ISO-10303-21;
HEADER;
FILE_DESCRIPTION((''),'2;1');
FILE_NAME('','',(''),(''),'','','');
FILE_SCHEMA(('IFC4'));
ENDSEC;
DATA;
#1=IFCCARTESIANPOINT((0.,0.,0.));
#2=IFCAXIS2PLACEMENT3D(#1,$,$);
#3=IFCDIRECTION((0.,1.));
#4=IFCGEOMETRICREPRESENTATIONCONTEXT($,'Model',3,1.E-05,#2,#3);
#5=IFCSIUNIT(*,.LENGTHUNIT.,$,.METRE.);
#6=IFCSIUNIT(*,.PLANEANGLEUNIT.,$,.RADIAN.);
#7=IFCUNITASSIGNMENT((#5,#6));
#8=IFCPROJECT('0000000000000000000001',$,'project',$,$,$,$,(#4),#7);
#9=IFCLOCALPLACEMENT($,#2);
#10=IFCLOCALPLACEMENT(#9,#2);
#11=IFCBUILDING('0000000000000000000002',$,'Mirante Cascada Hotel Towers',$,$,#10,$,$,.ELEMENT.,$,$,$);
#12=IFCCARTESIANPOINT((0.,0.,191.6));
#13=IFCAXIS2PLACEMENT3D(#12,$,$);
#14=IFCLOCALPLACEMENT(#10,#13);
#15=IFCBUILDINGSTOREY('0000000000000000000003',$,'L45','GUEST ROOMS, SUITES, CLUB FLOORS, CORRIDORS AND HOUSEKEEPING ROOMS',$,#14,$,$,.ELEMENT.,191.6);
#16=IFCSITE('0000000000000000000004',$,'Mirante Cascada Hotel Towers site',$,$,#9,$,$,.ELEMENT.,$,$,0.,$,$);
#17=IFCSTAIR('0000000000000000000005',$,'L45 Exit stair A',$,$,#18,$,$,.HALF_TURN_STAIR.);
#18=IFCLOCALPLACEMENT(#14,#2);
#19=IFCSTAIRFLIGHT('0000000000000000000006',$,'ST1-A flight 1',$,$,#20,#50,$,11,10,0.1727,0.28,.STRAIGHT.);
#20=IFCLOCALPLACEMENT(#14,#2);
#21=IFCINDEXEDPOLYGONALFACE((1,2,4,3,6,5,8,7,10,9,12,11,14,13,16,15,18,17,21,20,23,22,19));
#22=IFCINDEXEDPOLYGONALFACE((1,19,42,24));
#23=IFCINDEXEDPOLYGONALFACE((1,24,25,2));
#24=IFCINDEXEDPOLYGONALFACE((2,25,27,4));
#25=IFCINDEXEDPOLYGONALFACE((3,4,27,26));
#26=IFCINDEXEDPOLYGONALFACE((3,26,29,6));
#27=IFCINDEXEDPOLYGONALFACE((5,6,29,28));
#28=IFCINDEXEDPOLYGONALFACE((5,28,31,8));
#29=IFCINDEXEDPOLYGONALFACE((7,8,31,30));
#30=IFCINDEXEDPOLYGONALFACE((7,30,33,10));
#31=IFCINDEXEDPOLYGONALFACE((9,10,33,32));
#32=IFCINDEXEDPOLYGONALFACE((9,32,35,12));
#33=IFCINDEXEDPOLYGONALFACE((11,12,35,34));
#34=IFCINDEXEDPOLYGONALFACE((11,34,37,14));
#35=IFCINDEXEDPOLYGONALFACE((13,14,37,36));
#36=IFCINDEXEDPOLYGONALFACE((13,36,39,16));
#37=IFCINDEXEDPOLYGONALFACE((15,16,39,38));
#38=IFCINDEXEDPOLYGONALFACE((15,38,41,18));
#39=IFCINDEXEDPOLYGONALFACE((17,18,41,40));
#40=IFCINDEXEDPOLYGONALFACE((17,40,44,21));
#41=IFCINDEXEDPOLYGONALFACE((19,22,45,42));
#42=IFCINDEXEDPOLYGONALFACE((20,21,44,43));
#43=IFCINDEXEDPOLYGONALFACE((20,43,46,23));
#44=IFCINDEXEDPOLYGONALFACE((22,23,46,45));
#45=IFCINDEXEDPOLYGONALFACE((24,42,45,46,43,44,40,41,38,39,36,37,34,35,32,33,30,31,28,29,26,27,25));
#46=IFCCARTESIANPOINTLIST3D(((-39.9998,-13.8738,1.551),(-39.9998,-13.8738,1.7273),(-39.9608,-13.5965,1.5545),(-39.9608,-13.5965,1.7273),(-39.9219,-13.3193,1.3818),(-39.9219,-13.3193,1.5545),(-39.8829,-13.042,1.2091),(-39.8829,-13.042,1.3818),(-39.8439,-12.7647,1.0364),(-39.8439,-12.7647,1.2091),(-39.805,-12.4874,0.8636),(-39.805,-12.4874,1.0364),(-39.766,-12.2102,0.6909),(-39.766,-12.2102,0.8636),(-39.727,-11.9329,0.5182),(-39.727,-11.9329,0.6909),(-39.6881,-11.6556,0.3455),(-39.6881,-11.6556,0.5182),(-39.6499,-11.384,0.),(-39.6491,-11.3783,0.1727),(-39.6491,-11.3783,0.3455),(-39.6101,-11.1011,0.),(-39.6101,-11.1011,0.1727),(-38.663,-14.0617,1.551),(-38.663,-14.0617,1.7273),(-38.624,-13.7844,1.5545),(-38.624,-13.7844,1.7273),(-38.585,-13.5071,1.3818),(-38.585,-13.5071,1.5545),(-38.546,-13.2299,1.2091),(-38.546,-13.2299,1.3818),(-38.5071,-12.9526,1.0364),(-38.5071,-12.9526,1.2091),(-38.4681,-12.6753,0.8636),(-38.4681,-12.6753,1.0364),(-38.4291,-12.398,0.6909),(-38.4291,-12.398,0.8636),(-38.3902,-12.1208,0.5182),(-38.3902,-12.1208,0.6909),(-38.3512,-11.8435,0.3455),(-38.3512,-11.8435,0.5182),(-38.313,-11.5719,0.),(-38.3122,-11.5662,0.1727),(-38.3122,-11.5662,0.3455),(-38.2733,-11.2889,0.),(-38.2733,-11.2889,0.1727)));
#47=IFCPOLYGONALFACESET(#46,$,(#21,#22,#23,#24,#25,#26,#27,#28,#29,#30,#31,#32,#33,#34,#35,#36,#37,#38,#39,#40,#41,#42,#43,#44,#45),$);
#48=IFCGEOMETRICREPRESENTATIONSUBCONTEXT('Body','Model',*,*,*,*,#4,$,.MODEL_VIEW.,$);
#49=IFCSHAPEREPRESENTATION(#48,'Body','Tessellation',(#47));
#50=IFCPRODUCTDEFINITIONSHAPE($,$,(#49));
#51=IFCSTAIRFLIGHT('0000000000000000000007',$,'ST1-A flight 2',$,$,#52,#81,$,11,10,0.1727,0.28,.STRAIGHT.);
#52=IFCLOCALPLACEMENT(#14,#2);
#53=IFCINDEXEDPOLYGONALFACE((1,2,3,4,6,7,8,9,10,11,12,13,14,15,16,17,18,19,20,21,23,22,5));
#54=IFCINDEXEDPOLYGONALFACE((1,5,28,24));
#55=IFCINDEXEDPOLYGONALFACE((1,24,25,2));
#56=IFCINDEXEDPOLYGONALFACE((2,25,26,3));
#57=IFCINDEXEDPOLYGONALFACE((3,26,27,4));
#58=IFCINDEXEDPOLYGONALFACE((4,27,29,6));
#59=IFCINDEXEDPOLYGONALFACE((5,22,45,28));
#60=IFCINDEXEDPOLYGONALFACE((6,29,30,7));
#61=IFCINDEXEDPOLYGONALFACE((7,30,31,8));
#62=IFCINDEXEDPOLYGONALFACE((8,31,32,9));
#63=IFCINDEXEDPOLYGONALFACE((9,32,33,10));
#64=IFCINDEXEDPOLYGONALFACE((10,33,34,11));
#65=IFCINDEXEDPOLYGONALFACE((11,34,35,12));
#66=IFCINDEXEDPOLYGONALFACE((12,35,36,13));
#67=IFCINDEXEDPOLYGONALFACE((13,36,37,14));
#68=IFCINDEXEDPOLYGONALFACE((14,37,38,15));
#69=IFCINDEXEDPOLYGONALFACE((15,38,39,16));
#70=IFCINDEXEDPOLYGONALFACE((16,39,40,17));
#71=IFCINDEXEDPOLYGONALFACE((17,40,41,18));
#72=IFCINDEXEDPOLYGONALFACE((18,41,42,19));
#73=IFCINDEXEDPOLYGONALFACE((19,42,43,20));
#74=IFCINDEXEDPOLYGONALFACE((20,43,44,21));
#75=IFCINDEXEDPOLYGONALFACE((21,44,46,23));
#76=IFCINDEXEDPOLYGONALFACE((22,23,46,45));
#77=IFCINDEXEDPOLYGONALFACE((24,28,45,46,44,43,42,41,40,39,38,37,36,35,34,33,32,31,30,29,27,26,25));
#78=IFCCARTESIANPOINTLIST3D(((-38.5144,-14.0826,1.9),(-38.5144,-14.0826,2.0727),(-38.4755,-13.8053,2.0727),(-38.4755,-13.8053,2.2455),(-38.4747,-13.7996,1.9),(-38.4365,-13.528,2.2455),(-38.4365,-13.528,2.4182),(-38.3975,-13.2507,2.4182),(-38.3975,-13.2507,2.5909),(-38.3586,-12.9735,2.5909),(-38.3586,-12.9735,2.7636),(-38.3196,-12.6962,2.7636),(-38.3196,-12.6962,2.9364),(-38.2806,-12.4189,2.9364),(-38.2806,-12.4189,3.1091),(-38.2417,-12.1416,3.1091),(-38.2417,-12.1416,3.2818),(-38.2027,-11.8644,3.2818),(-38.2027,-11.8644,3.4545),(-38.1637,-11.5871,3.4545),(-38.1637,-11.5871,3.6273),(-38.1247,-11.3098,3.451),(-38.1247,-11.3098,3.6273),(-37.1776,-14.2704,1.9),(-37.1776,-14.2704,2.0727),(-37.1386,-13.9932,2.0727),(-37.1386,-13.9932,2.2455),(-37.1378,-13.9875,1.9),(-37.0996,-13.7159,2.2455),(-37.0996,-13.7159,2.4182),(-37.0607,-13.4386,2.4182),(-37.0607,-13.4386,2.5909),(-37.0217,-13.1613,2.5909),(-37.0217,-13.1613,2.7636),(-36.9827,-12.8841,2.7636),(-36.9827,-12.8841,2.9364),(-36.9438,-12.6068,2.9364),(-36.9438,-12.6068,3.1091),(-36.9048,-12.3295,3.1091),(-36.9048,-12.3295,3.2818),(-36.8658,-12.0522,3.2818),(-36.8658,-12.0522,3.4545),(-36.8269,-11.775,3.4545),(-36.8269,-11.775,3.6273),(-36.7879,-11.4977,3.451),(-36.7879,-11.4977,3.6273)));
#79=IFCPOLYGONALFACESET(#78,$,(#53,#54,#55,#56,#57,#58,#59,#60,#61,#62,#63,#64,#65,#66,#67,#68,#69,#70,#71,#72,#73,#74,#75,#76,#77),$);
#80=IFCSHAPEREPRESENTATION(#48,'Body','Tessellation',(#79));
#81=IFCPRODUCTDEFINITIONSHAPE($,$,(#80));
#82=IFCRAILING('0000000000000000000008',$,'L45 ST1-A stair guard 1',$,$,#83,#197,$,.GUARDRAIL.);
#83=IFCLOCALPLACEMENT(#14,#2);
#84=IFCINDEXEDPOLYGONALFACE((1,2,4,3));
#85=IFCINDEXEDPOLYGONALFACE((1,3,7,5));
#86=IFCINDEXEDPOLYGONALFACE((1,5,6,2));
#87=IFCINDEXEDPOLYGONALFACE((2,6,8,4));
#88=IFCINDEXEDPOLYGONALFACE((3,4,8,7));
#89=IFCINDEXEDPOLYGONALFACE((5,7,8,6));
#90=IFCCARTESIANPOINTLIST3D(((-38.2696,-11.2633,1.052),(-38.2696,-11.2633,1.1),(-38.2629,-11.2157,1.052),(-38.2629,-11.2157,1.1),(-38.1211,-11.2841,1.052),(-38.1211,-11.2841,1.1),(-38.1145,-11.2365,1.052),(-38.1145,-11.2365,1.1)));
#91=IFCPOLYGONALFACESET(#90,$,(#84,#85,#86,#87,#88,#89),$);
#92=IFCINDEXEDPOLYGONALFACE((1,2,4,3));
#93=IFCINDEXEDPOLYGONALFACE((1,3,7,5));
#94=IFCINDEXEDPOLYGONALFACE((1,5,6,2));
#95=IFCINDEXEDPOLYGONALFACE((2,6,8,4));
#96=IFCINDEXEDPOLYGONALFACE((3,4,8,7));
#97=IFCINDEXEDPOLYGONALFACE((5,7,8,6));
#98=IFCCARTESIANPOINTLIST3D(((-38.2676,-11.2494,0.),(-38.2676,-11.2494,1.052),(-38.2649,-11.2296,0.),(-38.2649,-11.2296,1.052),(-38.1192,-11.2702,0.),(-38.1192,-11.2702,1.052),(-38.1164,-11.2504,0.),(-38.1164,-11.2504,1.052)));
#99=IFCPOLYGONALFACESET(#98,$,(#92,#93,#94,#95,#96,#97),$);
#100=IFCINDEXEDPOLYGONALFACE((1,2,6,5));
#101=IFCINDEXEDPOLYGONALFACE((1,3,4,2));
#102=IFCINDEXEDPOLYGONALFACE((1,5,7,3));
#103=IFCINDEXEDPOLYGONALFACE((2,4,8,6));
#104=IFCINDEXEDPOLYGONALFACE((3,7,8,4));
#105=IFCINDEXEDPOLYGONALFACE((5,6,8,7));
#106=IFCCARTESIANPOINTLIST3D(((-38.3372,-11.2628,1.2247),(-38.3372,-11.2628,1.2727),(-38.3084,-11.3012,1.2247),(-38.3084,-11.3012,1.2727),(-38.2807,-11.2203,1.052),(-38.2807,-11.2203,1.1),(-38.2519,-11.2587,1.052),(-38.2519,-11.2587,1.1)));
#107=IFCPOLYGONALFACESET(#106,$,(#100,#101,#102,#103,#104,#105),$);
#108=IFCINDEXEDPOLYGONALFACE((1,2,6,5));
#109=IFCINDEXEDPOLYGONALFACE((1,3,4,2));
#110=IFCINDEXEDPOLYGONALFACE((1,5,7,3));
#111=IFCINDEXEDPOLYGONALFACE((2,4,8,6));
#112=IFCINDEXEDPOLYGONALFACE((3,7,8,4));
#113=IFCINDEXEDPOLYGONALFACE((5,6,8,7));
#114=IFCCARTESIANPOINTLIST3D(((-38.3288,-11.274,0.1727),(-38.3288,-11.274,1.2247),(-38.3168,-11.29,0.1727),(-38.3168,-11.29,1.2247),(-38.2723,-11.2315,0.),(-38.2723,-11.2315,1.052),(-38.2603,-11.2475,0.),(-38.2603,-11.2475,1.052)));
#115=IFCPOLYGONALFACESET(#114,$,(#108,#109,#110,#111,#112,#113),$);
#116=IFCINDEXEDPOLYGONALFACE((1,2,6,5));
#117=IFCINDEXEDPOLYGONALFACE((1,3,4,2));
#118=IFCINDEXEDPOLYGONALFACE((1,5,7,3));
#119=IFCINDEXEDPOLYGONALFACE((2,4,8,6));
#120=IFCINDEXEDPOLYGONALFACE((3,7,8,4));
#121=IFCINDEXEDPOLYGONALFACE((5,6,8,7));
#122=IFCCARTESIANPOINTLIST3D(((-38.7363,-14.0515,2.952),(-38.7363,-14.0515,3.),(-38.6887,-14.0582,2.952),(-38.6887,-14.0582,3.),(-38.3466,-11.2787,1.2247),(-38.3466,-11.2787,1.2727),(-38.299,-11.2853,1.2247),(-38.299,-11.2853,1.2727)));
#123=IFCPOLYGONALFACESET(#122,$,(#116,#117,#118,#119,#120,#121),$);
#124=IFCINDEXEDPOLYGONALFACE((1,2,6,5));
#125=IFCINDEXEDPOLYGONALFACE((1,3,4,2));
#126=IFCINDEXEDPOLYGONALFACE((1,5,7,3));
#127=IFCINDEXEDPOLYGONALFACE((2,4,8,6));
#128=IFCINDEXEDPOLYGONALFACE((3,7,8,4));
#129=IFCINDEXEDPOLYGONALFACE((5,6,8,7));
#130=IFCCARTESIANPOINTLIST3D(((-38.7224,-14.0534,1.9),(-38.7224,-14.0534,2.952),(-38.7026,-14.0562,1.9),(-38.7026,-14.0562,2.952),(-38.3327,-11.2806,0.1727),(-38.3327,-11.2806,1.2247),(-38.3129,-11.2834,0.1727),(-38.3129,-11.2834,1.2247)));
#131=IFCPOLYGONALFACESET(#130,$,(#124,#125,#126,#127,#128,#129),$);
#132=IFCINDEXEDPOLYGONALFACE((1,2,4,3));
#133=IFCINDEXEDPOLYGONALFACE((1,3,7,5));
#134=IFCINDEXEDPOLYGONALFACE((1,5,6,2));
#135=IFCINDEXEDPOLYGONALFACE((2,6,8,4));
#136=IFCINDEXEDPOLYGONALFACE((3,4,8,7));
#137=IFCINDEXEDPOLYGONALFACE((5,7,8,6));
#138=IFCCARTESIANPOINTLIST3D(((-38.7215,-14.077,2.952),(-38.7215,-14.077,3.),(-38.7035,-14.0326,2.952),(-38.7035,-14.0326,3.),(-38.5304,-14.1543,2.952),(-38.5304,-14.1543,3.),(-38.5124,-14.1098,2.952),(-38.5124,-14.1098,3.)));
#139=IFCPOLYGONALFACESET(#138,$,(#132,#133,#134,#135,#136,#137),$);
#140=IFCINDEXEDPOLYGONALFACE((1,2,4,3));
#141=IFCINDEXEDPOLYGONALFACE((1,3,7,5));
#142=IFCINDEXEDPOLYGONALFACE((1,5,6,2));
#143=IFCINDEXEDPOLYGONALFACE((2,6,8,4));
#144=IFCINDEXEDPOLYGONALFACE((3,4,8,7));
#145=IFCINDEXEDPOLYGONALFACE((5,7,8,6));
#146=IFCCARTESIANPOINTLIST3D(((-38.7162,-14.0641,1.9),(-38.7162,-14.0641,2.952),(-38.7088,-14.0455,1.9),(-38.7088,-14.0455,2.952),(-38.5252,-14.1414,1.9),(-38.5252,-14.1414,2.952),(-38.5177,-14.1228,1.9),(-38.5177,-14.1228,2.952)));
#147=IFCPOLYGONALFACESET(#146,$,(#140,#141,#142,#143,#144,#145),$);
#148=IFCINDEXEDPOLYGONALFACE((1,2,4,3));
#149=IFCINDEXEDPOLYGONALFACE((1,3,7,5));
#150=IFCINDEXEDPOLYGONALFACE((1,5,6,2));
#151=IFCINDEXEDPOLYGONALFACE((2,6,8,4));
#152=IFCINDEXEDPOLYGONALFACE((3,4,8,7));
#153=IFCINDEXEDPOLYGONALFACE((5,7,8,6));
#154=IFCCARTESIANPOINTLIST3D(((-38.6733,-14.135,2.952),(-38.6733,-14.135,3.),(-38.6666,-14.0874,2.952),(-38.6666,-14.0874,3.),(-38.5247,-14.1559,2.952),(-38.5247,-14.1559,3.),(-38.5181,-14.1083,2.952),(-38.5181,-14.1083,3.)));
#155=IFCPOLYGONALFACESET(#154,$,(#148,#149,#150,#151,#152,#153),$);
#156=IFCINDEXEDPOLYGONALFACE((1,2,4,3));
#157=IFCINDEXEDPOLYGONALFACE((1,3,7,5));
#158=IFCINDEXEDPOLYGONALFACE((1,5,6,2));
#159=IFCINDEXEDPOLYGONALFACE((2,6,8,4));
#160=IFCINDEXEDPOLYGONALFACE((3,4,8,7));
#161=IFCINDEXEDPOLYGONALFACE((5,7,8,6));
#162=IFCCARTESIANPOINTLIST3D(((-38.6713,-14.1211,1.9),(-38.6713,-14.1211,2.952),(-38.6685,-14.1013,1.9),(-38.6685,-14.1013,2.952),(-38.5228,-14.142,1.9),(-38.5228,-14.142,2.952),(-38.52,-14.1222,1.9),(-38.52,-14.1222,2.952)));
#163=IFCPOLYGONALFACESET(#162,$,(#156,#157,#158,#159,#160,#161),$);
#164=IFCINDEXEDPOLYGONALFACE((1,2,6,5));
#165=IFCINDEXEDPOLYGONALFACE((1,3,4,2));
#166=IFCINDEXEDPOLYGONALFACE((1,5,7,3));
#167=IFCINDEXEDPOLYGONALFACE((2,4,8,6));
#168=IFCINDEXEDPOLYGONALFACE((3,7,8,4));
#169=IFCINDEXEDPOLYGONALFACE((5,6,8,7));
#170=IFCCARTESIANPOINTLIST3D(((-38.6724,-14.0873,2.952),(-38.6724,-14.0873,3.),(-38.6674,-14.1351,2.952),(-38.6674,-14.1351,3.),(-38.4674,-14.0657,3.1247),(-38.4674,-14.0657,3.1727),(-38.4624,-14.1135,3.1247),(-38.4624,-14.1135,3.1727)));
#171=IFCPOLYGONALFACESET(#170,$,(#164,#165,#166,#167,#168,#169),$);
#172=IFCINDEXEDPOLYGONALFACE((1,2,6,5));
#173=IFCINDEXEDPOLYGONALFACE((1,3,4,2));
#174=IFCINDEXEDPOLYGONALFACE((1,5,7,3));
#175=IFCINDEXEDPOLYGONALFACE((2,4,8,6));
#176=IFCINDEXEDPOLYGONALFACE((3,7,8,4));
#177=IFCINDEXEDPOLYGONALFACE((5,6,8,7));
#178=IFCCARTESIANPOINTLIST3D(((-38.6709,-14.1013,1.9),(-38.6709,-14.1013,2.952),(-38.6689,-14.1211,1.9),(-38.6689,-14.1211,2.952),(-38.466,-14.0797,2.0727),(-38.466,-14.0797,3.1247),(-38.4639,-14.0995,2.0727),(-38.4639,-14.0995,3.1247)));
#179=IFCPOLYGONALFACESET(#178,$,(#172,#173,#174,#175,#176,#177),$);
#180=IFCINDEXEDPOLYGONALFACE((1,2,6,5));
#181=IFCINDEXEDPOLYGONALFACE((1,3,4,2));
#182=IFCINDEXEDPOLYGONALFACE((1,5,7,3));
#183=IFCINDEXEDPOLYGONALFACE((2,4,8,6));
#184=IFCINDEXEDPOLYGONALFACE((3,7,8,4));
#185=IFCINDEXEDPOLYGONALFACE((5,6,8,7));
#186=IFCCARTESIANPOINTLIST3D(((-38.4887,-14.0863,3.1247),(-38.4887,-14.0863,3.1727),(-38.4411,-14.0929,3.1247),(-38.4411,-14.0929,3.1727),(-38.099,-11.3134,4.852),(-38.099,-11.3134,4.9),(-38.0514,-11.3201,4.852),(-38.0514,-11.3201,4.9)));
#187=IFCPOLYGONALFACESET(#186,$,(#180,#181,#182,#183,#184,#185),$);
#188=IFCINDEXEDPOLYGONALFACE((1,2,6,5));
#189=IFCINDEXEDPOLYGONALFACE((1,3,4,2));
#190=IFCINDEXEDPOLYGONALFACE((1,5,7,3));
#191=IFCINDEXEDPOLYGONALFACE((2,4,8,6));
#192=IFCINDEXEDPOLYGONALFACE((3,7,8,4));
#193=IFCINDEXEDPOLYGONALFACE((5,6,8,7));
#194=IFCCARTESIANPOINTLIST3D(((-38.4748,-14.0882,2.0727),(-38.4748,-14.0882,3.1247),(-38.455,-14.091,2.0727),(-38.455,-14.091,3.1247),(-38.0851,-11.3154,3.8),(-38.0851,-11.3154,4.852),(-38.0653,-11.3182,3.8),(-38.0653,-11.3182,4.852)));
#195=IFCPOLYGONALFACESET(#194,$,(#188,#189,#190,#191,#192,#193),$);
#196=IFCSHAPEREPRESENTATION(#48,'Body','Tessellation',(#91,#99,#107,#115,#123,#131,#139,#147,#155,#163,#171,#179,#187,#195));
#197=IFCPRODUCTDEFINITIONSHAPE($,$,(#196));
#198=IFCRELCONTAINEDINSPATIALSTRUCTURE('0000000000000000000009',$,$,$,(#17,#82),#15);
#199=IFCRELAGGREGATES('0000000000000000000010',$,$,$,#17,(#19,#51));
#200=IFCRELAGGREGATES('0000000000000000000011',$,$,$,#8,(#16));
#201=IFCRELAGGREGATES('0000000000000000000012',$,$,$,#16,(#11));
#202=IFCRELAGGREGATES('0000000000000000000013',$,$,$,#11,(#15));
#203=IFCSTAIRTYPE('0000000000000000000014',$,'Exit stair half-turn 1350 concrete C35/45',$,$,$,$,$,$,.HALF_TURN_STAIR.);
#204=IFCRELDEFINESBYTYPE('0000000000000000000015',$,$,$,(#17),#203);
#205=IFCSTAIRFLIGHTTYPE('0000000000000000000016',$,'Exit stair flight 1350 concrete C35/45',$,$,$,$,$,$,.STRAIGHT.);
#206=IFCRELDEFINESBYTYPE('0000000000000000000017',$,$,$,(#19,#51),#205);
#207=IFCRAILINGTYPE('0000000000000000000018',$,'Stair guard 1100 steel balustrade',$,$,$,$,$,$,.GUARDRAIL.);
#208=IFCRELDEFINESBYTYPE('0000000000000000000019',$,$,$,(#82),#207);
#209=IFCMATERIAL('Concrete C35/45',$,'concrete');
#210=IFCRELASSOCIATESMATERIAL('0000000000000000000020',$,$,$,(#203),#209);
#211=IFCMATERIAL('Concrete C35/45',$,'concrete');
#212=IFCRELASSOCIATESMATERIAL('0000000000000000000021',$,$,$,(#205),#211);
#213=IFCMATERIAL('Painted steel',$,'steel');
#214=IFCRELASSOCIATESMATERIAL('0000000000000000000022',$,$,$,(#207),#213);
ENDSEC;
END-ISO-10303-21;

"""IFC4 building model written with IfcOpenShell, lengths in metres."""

from ifc_helpers import new_model, si_unit, direction, frame, origin, origin_2d, place, context, subcontext, project, spatial, polyline, rectangle, outline, extrude, material, type_object, element, aggregate, save


model = new_model("IFC4")

# Units and contexts
model_context = context("Model", 3, precision=1e-05, world=origin(), true_north=direction((0.0, 1.0)))
body_context = subcontext(model_context, "Body", "Model", "MODEL_VIEW")
ifc_project = project(units=[si_unit("LENGTHUNIT", "METRE"), si_unit("PLANEANGLEUNIT", "RADIAN")], contexts=[model_context])

# Site, building, storey
site_placement = place(None, origin())
site = spatial("IfcSite", under=ifc_project, at=site_placement, Name="Mirante Cascada Hotel Towers site", CompositionType="ELEMENT", RefElevation=0.0)
building_placement = place(site_placement, origin())
building = spatial("IfcBuilding", under=site, at=building_placement, Name="Mirante Cascada Hotel Towers", CompositionType="ELEMENT")
storey_placement = place(building_placement, frame((0.0, 0.0, 191.6)))
storey = spatial("IfcBuildingStorey", under=building, at=storey_placement, Name="L45", Description="GUEST ROOMS, SUITES, CLUB FLOORS, CORRIDORS AND HOUSEKEEPING ROOMS", CompositionType="ELEMENT", Elevation=191.6)

# Stair, stair flights
ifc_material_1 = material(Name="Concrete C35/45", Category="concrete")
stair_type = type_object("IfcStairType", Name="Exit stair half-turn 1350 concrete C35/45", PredefinedType="HALF_TURN_STAIR", material=ifc_material_1)
stair_placement = place(storey_placement, origin())
stair = element("IfcStair", 1, at=stair_placement, inside=storey, type_object=stair_type, Name="L45 Exit stair A", PredefinedType="HALF_TURN_STAIR")
ifc_material_2 = material(Name="Concrete C35/45", Category="concrete")
stair_flight_type = type_object("IfcStairFlightType", Name="Exit stair flight 1350 concrete C35/45", PredefinedType="STRAIGHT", material=ifc_material_2)
stair_flight_1_placement = place(storey_placement, frame((-38.9417, -11.195, 0.0), z_axis=(0.0, 0.0, 1.0), x_axis=(-0.139173, -0.990268, 0.0)))
stair_flight_1 = element("IfcStairFlight", 2, at=stair_flight_1_placement, type_object=stair_flight_type, Name="ST1-A flight 1", NumberOfRisers=11, NumberOfTreads=10, PredefinedType="STRAIGHT", RiserHeight=0.1727, TreadLength=0.28, context=body_context, shape_type="SweptSolid", body=[
    extrude(outline(polyline([(0.0, 0.0), (0.0, 0.1727), (0.28, 0.1727), (0.28, 0.3455), (0.56, 0.3455), (0.56, 0.5182), (0.84, 0.5182), (0.84, 0.6909), (1.12, 0.6909), (1.12, 0.8636), (1.4, 0.8636), (1.4, 1.0364), (1.68, 1.0364), (1.68, 1.2091), (1.96, 1.2091), (1.96, 1.3818), (2.24, 1.3818), (2.24, 1.5545), (2.52, 1.5545), (2.52, 1.7273), (2.8, 1.7273), (2.8, 1.9), (2.8, 1.551), (0.2857, 0.0), (0.0, 0.0)])), frame((0.0, 0.675, 0.0), z_axis=(0.0, -1.0, 0.0), x_axis=(1.0, 0.0, 0.0)), (0.0, 0.0, 1.0), 1.35),
])
stair_flight_2_placement = place(storey_placement, frame((-37.846, -14.1765, 1.9), z_axis=(0.0, 0.0, 1.0), x_axis=(0.139173, 0.990268, 0.0)))
stair_flight_2 = element("IfcStairFlight", 3, at=stair_flight_2_placement, type_object=stair_flight_type, Name="ST1-A flight 2", NumberOfRisers=11, NumberOfTreads=10, PredefinedType="STRAIGHT", RiserHeight=0.1727, TreadLength=0.28, context=body_context, shape_type="SweptSolid", body=[
    extrude(outline(polyline([(0.0, 0.0), (0.0, 0.1727), (0.28, 0.1727), (0.28, 0.3455), (0.56, 0.3455), (0.56, 0.5182), (0.84, 0.5182), (0.84, 0.6909), (1.12, 0.6909), (1.12, 0.8636), (1.4, 0.8636), (1.4, 1.0364), (1.68, 1.0364), (1.68, 1.2091), (1.96, 1.2091), (1.96, 1.3818), (2.24, 1.3818), (2.24, 1.5545), (2.52, 1.5545), (2.52, 1.7273), (2.8, 1.7273), (2.8, 1.9), (2.8, 1.551), (0.2857, 0.0), (0.0, 0.0)])), frame((0.0, 0.675, 0.0), z_axis=(0.0, -1.0, 0.0), x_axis=(1.0, 0.0, 0.0)), (0.0, 0.0, 1.0), 1.35),
])
aggregate(stair, [stair_flight_1, stair_flight_2])

# Railing
ifc_material_3 = material(Name="Painted steel", Category="steel")
railing_type_1 = type_object("IfcRailingType", Name="Stair guard 1100 steel balustrade", PredefinedType="GUARDRAIL", material=ifc_material_3)
railing_1_placement = place(storey_placement, frame((-38.1178, -11.2603, 0.0)))
element("IfcRailing", 4, at=railing_1_placement, inside=storey, type_object=railing_type_1, Name="L45 ST1-A stair guard 1", PredefinedType="GUARDRAIL", context=body_context, shape_type="SweptSolid", body=[
    extrude(rectangle(XDim=0.048, YDim=0.048, at=origin_2d()), frame((0.0, 0.0, 1.076), z_axis=(-0.990333, 0.138713, 0.0), x_axis=(-0.138713, -0.990333, 0.0)), (0.0, 0.0, 1.0), 0.1499),
    extrude(rectangle(XDim=0.02, YDim=1.052, at=origin_2d()), frame((0.0, 0.0, 0.526), z_axis=(-0.990333, 0.138713, 0.0), x_axis=(-0.138713, -0.990333, 0.0)), (0.0, 0.0, 1.0), 0.1499),
    extrude(rectangle(XDim=0.048, YDim=0.048, at=origin_2d()), frame((-0.1485, 0.0208, 1.076), z_axis=(-0.79915, -0.601131, 0.0), x_axis=(0.601131, -0.79915, 0.0)), (0.0, 0.925453, 0.378863), 0.1866),
    extrude(rectangle(XDim=0.02, YDim=1.052, at=origin_2d()), frame((-0.1485, 0.0208, 0.526), z_axis=(-0.79915, -0.601131, 0.0), x_axis=(0.601131, -0.79915, 0.0)), (0.0, 0.925453, 0.378863), 0.1866),
    extrude(rectangle(XDim=0.048, YDim=0.048, at=origin_2d()), frame((-0.205, -0.0217, 1.2487), z_axis=(-0.139176, -0.990268, 0.0), x_axis=(0.990268, -0.139176, 0.0)), (0.0, 0.525021, 0.851089), 3.29),
    extrude(rectangle(XDim=0.02, YDim=1.052, at=origin_2d()), frame((-0.205, -0.0217, 0.6987), z_axis=(-0.139176, -0.990268, 0.0), x_axis=(0.990268, -0.139176, 0.0)), (0.0, 0.525021, 0.851089), 3.29),
    extrude(rectangle(XDim=0.048, YDim=0.048, at=origin_2d()), frame((-0.5947, -2.7945, 2.976), z_axis=(0.927031, -0.374984, 0.0), x_axis=(0.374984, 0.927031, 0.0)), (0.0, 0.0, 1.0), 0.2061),
    extrude(rectangle(XDim=0.02, YDim=1.052, at=origin_2d()), frame((-0.5947, -2.7945, 2.426), z_axis=(0.927031, -0.374984, 0.0), x_axis=(0.374984, 0.927031, 0.0)), (0.0, 0.0, 1.0), 0.2061),
    extrude(rectangle(XDim=0.048, YDim=0.048, at=origin_2d()), frame((-0.4036, -2.8718, 2.976), z_axis=(-0.990241, 0.139367, 0.0), x_axis=(-0.139367, -0.990241, 0.0)), (0.0, 0.0, 1.0), 0.15),
    extrude(rectangle(XDim=0.02, YDim=1.052, at=origin_2d()), frame((-0.4036, -2.8718, 2.426), z_axis=(-0.990241, 0.139367, 0.0), x_axis=(-0.139367, -0.990241, 0.0)), (0.0, 0.0, 1.0), 0.15),
    extrude(rectangle(XDim=0.048, YDim=0.048, at=origin_2d()), frame((-0.5521, -2.8509, 2.976), z_axis=(0.994495, 0.104786, 0.0), x_axis=(-0.104786, 0.994495, 0.0)), (0.0, 0.642203, 0.766534), 0.2689),
    extrude(rectangle(XDim=0.02, YDim=1.052, at=origin_2d()), frame((-0.5521, -2.8509, 2.426), z_axis=(0.994495, 0.104786, 0.0), x_axis=(-0.104786, 0.994495, 0.0)), (0.0, 0.642203, 0.766534), 0.2689),
    extrude(rectangle(XDim=0.048, YDim=0.048, at=origin_2d()), frame((-0.3471, -2.8293, 3.1487), z_axis=(0.139176, 0.990268, 0.0), x_axis=(-0.990268, 0.139176, 0.0)), (0.0, 0.525021, 0.851089), 3.29),
    extrude(rectangle(XDim=0.02, YDim=1.052, at=origin_2d()), frame((-0.3471, -2.8293, 2.5987), z_axis=(0.139176, 0.990268, 0.0), x_axis=(-0.990268, 0.139176, 0.0)), (0.0, 0.525021, 0.851089), 3.29),
])

save(model, "model.ifc")
